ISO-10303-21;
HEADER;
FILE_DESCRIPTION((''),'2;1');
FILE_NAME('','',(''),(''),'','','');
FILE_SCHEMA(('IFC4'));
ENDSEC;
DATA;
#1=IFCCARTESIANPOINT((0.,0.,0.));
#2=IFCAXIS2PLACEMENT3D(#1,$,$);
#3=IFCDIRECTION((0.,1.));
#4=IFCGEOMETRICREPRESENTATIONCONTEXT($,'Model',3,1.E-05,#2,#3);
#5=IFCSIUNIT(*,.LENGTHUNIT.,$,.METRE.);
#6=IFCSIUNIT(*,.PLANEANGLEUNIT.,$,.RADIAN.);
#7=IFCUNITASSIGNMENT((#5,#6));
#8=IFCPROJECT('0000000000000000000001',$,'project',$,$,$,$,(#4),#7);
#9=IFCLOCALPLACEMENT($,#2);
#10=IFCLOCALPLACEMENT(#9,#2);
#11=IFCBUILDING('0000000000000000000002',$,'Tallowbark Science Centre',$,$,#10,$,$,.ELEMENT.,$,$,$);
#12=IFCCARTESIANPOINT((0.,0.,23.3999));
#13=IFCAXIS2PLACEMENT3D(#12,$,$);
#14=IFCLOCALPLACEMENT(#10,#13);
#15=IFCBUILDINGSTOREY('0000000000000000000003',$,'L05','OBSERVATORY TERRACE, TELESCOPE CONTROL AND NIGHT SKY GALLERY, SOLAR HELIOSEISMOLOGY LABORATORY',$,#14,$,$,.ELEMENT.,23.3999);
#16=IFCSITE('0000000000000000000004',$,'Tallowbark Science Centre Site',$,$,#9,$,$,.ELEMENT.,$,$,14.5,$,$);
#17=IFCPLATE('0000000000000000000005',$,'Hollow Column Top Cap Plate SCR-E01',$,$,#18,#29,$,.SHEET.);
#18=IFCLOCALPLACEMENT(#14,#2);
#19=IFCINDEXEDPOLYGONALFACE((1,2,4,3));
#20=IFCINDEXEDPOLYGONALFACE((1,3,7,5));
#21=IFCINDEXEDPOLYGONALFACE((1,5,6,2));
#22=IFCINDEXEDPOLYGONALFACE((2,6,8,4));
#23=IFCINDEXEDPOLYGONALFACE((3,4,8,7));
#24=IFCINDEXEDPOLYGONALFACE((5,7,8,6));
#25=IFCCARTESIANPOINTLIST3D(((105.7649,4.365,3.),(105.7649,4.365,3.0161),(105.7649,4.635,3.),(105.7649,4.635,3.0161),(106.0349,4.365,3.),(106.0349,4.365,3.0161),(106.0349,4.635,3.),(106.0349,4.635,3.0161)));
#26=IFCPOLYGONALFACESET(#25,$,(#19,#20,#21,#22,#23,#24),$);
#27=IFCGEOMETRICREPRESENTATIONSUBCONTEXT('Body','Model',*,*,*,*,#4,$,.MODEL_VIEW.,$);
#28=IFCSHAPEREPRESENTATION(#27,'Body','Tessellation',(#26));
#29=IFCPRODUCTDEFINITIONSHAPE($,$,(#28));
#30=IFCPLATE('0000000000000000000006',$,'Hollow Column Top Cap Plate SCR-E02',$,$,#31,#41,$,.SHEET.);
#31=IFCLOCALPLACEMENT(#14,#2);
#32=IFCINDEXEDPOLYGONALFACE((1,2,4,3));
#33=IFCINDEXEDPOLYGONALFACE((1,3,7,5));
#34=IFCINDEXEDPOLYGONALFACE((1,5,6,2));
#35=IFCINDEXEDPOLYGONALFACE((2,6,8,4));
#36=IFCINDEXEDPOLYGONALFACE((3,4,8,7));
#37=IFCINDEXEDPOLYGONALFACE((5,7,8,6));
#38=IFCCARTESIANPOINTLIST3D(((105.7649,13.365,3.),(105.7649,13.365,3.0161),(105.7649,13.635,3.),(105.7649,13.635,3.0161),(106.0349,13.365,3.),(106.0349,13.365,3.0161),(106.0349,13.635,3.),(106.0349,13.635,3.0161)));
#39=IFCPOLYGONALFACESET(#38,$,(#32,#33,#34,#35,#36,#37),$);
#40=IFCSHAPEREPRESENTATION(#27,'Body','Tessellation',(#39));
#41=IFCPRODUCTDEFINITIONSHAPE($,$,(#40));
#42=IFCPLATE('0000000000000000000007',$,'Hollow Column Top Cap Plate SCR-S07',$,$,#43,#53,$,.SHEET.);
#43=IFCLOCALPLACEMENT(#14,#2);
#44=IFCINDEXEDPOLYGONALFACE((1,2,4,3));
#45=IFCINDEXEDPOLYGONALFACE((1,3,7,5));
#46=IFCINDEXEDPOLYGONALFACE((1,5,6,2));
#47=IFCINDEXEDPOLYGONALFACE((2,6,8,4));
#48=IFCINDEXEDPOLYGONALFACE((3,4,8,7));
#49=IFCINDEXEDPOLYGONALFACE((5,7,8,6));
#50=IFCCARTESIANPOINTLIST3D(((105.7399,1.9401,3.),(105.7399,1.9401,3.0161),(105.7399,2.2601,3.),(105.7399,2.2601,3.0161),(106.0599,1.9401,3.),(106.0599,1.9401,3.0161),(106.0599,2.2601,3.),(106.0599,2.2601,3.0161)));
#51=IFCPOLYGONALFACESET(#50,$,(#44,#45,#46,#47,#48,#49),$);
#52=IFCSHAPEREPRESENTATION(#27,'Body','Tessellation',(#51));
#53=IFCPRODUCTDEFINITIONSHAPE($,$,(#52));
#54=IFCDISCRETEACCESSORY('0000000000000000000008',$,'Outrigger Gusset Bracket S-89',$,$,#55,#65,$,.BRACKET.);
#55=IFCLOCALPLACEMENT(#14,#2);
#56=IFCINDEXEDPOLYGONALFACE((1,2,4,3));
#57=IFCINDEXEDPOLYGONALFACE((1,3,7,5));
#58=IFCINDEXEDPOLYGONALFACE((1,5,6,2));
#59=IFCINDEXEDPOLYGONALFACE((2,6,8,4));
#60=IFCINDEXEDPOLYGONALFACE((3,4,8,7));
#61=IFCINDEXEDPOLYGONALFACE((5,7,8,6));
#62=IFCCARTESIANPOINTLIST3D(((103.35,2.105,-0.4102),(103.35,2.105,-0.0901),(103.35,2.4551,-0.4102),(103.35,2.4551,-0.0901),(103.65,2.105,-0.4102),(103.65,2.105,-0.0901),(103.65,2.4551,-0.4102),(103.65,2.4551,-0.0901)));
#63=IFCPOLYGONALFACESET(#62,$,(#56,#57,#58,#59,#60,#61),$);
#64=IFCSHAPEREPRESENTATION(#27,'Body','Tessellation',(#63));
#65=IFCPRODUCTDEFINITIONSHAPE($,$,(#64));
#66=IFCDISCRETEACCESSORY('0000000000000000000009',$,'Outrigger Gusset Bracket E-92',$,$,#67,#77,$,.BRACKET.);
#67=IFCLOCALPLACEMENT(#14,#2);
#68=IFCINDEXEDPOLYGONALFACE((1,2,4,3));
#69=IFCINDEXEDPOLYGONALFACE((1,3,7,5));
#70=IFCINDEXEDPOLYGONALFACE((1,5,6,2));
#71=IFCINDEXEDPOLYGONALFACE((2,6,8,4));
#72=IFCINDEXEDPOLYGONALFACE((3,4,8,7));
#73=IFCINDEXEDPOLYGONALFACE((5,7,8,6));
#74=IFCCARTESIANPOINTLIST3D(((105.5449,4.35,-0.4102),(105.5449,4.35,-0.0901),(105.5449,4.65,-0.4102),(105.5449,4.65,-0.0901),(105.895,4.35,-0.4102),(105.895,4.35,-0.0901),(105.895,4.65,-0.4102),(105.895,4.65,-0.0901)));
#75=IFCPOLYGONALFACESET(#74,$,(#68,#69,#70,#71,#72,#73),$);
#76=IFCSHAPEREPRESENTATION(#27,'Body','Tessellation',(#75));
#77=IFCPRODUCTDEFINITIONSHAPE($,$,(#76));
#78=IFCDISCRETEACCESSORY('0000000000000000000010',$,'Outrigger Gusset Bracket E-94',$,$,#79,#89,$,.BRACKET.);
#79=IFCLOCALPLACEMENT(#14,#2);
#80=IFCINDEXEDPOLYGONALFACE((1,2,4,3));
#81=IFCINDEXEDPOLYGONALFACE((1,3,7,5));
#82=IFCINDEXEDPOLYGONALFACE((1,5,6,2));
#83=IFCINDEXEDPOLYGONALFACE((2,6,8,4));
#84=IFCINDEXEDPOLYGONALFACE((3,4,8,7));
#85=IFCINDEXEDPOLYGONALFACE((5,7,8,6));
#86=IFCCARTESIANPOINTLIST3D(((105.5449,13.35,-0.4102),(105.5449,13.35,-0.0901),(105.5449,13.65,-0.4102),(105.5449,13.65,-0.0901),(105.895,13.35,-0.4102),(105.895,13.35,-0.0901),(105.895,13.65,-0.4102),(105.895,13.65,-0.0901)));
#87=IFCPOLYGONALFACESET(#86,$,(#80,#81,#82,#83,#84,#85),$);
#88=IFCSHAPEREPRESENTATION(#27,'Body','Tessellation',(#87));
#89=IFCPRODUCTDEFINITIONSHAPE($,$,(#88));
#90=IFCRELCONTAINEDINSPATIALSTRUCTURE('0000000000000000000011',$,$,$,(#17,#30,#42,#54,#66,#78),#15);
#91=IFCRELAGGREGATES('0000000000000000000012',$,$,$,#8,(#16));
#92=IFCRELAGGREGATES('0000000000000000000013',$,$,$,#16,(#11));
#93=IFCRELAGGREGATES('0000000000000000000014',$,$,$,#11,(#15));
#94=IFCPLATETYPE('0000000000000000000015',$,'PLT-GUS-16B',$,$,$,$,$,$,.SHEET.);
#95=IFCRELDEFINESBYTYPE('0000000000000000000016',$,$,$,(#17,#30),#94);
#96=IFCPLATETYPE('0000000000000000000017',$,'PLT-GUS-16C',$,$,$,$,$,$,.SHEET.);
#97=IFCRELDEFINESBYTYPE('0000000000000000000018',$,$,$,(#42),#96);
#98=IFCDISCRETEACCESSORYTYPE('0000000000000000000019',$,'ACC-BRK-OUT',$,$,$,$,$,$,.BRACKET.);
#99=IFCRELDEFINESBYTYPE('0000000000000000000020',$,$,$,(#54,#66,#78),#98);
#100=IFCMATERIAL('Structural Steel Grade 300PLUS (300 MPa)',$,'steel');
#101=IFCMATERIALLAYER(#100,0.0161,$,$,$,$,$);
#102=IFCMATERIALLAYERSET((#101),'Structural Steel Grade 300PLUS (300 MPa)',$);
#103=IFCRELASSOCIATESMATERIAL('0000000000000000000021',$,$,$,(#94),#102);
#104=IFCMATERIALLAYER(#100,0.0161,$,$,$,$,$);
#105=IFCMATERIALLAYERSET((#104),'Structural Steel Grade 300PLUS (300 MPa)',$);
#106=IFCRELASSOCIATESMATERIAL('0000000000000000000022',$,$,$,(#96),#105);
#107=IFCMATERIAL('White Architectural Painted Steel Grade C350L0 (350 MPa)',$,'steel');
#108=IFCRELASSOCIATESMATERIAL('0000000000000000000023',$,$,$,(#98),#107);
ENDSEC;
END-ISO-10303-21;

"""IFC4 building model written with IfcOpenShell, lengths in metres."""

from ifc_helpers import new_model, si_unit, direction, frame, origin, origin_2d, place, context, subcontext, project, spatial, rectangle, extrude, material, layer, layer_set, type_object, element, save


model = new_model("IFC4")

# Units and contexts
model_context = context("Model", 3, precision=1e-05, world=origin(), true_north=direction((0.0, 1.0)))
body_context = subcontext(model_context, "Body", "Model", "MODEL_VIEW")
ifc_project = project(units=[si_unit("LENGTHUNIT", "METRE"), si_unit("PLANEANGLEUNIT", "RADIAN")], contexts=[model_context])

# Site, building, storey
site_placement = place(None, origin())
site = spatial("IfcSite", under=ifc_project, at=site_placement, Name="Tallowbark Science Centre Site", CompositionType="ELEMENT", RefElevation=14.5)
building_placement = place(site_placement, origin())
building = spatial("IfcBuilding", under=site, at=building_placement, Name="Tallowbark Science Centre", CompositionType="ELEMENT")
storey_placement = place(building_placement, frame((0.0, 0.0, 23.3999)))
storey = spatial("IfcBuildingStorey", under=building, at=storey_placement, Name="L05", Description="OBSERVATORY TERRACE, TELESCOPE CONTROL AND NIGHT SKY GALLERY, SOLAR HELIOSEISMOLOGY LABORATORY", CompositionType="ELEMENT", Elevation=23.3999)

# Shared definitions
ifc_material_1 = material(Name="White Architectural Painted Steel Grade C350L0 (350 MPa)", Category="steel")

# Shared definitions
ifc_material_2 = material(Name="Structural Steel Grade 300PLUS (300 MPa)", Category="steel")

# Plates
ifc_layer_1 = layer(ifc_material_2, 0.0161)
ifc_layer_set_1 = layer_set([ifc_layer_1], Name="Structural Steel Grade 300PLUS (300 MPa)")
plate_type_1 = type_object("IfcPlateType", Name="PLT-GUS-16B", PredefinedType="SHEET", material=ifc_layer_set_1)
for number, where, z_axis, x_axis, name in (
    (1, (105.8999, 4.5, 3.0), (0.0, 0.0, 1.0), (1.0, 0.0, 0.0), "Hollow Column Top Cap Plate SCR-E01"),
    (2, (105.8999, 13.5, 3.0), (0.0, 0.0, 1.0), (1.0, 0.0, 0.0), "Hollow Column Top Cap Plate SCR-E02"),
):
    element("IfcPlate", number, at=place(storey_placement, frame(where, z_axis=z_axis, x_axis=x_axis)), inside=storey, type_object=plate_type_1, Name=name, PredefinedType="SHEET", context=body_context, shape_type="SweptSolid", body=[
        extrude(rectangle(XDim=0.27, YDim=0.27, at=origin_2d()), origin(), (0.0, 0.0, 1.0), 0.0161),
    ])
ifc_layer_2 = layer(ifc_material_2, 0.0161)
ifc_layer_set_2 = layer_set([ifc_layer_2], Name="Structural Steel Grade 300PLUS (300 MPa)")
plate_type_2 = type_object("IfcPlateType", Name="PLT-GUS-16C", PredefinedType="SHEET", material=ifc_layer_set_2)
plate_placement = place(storey_placement, frame((105.8999, 2.1001, 3.0), z_axis=(0.0, 0.0, 1.0), x_axis=(1.0, 0.0, 0.0)))
element("IfcPlate", 3, at=plate_placement, inside=storey, type_object=plate_type_2, Name="Hollow Column Top Cap Plate SCR-S07", PredefinedType="SHEET", context=body_context, shape_type="SweptSolid", body=[
    extrude(rectangle(XDim=0.3201, YDim=0.3201, at=origin_2d()), origin(), (0.0, 0.0, 1.0), 0.0161),
])

# Discrete accessories
discrete_accessory_type = type_object("IfcDiscreteAccessoryType", Name="ACC-BRK-OUT", PredefinedType="BRACKET", material=ifc_material_1)
discrete_accessory_placement = place(storey_placement, frame((103.5, 2.28, -0.4102), z_axis=(0.0, 0.0, 1.0), x_axis=(1.0, 0.0, 0.0)))
element("IfcDiscreteAccessory", 4, at=discrete_accessory_placement, inside=storey, type_object=discrete_accessory_type, Name="Outrigger Gusset Bracket S-89", PredefinedType="BRACKET", context=body_context, shape_type="SweptSolid", body=[
    extrude(rectangle(XDim=0.3, YDim=0.3501, at=origin_2d()), origin(), (0.0, 0.0, 1.0), 0.3201),
])
for number, where, z_axis, x_axis, name in (
    (5, (105.72, 4.5, -0.4102), (0.0, 0.0, 1.0), (1.0, 0.0, 0.0), "Outrigger Gusset Bracket E-92"),
    (6, (105.72, 13.5, -0.4102), (0.0, 0.0, 1.0), (1.0, 0.0, 0.0), "Outrigger Gusset Bracket E-94"),
):
    element("IfcDiscreteAccessory", number, at=place(storey_placement, frame(where, z_axis=z_axis, x_axis=x_axis)), inside=storey, type_object=discrete_accessory_type, Name=name, PredefinedType="BRACKET", context=body_context, shape_type="SweptSolid", body=[
        extrude(rectangle(XDim=0.3501, YDim=0.3, at=origin_2d()), origin(), (0.0, 0.0, 1.0), 0.3201),
    ])

save(model, "model.ifc")
